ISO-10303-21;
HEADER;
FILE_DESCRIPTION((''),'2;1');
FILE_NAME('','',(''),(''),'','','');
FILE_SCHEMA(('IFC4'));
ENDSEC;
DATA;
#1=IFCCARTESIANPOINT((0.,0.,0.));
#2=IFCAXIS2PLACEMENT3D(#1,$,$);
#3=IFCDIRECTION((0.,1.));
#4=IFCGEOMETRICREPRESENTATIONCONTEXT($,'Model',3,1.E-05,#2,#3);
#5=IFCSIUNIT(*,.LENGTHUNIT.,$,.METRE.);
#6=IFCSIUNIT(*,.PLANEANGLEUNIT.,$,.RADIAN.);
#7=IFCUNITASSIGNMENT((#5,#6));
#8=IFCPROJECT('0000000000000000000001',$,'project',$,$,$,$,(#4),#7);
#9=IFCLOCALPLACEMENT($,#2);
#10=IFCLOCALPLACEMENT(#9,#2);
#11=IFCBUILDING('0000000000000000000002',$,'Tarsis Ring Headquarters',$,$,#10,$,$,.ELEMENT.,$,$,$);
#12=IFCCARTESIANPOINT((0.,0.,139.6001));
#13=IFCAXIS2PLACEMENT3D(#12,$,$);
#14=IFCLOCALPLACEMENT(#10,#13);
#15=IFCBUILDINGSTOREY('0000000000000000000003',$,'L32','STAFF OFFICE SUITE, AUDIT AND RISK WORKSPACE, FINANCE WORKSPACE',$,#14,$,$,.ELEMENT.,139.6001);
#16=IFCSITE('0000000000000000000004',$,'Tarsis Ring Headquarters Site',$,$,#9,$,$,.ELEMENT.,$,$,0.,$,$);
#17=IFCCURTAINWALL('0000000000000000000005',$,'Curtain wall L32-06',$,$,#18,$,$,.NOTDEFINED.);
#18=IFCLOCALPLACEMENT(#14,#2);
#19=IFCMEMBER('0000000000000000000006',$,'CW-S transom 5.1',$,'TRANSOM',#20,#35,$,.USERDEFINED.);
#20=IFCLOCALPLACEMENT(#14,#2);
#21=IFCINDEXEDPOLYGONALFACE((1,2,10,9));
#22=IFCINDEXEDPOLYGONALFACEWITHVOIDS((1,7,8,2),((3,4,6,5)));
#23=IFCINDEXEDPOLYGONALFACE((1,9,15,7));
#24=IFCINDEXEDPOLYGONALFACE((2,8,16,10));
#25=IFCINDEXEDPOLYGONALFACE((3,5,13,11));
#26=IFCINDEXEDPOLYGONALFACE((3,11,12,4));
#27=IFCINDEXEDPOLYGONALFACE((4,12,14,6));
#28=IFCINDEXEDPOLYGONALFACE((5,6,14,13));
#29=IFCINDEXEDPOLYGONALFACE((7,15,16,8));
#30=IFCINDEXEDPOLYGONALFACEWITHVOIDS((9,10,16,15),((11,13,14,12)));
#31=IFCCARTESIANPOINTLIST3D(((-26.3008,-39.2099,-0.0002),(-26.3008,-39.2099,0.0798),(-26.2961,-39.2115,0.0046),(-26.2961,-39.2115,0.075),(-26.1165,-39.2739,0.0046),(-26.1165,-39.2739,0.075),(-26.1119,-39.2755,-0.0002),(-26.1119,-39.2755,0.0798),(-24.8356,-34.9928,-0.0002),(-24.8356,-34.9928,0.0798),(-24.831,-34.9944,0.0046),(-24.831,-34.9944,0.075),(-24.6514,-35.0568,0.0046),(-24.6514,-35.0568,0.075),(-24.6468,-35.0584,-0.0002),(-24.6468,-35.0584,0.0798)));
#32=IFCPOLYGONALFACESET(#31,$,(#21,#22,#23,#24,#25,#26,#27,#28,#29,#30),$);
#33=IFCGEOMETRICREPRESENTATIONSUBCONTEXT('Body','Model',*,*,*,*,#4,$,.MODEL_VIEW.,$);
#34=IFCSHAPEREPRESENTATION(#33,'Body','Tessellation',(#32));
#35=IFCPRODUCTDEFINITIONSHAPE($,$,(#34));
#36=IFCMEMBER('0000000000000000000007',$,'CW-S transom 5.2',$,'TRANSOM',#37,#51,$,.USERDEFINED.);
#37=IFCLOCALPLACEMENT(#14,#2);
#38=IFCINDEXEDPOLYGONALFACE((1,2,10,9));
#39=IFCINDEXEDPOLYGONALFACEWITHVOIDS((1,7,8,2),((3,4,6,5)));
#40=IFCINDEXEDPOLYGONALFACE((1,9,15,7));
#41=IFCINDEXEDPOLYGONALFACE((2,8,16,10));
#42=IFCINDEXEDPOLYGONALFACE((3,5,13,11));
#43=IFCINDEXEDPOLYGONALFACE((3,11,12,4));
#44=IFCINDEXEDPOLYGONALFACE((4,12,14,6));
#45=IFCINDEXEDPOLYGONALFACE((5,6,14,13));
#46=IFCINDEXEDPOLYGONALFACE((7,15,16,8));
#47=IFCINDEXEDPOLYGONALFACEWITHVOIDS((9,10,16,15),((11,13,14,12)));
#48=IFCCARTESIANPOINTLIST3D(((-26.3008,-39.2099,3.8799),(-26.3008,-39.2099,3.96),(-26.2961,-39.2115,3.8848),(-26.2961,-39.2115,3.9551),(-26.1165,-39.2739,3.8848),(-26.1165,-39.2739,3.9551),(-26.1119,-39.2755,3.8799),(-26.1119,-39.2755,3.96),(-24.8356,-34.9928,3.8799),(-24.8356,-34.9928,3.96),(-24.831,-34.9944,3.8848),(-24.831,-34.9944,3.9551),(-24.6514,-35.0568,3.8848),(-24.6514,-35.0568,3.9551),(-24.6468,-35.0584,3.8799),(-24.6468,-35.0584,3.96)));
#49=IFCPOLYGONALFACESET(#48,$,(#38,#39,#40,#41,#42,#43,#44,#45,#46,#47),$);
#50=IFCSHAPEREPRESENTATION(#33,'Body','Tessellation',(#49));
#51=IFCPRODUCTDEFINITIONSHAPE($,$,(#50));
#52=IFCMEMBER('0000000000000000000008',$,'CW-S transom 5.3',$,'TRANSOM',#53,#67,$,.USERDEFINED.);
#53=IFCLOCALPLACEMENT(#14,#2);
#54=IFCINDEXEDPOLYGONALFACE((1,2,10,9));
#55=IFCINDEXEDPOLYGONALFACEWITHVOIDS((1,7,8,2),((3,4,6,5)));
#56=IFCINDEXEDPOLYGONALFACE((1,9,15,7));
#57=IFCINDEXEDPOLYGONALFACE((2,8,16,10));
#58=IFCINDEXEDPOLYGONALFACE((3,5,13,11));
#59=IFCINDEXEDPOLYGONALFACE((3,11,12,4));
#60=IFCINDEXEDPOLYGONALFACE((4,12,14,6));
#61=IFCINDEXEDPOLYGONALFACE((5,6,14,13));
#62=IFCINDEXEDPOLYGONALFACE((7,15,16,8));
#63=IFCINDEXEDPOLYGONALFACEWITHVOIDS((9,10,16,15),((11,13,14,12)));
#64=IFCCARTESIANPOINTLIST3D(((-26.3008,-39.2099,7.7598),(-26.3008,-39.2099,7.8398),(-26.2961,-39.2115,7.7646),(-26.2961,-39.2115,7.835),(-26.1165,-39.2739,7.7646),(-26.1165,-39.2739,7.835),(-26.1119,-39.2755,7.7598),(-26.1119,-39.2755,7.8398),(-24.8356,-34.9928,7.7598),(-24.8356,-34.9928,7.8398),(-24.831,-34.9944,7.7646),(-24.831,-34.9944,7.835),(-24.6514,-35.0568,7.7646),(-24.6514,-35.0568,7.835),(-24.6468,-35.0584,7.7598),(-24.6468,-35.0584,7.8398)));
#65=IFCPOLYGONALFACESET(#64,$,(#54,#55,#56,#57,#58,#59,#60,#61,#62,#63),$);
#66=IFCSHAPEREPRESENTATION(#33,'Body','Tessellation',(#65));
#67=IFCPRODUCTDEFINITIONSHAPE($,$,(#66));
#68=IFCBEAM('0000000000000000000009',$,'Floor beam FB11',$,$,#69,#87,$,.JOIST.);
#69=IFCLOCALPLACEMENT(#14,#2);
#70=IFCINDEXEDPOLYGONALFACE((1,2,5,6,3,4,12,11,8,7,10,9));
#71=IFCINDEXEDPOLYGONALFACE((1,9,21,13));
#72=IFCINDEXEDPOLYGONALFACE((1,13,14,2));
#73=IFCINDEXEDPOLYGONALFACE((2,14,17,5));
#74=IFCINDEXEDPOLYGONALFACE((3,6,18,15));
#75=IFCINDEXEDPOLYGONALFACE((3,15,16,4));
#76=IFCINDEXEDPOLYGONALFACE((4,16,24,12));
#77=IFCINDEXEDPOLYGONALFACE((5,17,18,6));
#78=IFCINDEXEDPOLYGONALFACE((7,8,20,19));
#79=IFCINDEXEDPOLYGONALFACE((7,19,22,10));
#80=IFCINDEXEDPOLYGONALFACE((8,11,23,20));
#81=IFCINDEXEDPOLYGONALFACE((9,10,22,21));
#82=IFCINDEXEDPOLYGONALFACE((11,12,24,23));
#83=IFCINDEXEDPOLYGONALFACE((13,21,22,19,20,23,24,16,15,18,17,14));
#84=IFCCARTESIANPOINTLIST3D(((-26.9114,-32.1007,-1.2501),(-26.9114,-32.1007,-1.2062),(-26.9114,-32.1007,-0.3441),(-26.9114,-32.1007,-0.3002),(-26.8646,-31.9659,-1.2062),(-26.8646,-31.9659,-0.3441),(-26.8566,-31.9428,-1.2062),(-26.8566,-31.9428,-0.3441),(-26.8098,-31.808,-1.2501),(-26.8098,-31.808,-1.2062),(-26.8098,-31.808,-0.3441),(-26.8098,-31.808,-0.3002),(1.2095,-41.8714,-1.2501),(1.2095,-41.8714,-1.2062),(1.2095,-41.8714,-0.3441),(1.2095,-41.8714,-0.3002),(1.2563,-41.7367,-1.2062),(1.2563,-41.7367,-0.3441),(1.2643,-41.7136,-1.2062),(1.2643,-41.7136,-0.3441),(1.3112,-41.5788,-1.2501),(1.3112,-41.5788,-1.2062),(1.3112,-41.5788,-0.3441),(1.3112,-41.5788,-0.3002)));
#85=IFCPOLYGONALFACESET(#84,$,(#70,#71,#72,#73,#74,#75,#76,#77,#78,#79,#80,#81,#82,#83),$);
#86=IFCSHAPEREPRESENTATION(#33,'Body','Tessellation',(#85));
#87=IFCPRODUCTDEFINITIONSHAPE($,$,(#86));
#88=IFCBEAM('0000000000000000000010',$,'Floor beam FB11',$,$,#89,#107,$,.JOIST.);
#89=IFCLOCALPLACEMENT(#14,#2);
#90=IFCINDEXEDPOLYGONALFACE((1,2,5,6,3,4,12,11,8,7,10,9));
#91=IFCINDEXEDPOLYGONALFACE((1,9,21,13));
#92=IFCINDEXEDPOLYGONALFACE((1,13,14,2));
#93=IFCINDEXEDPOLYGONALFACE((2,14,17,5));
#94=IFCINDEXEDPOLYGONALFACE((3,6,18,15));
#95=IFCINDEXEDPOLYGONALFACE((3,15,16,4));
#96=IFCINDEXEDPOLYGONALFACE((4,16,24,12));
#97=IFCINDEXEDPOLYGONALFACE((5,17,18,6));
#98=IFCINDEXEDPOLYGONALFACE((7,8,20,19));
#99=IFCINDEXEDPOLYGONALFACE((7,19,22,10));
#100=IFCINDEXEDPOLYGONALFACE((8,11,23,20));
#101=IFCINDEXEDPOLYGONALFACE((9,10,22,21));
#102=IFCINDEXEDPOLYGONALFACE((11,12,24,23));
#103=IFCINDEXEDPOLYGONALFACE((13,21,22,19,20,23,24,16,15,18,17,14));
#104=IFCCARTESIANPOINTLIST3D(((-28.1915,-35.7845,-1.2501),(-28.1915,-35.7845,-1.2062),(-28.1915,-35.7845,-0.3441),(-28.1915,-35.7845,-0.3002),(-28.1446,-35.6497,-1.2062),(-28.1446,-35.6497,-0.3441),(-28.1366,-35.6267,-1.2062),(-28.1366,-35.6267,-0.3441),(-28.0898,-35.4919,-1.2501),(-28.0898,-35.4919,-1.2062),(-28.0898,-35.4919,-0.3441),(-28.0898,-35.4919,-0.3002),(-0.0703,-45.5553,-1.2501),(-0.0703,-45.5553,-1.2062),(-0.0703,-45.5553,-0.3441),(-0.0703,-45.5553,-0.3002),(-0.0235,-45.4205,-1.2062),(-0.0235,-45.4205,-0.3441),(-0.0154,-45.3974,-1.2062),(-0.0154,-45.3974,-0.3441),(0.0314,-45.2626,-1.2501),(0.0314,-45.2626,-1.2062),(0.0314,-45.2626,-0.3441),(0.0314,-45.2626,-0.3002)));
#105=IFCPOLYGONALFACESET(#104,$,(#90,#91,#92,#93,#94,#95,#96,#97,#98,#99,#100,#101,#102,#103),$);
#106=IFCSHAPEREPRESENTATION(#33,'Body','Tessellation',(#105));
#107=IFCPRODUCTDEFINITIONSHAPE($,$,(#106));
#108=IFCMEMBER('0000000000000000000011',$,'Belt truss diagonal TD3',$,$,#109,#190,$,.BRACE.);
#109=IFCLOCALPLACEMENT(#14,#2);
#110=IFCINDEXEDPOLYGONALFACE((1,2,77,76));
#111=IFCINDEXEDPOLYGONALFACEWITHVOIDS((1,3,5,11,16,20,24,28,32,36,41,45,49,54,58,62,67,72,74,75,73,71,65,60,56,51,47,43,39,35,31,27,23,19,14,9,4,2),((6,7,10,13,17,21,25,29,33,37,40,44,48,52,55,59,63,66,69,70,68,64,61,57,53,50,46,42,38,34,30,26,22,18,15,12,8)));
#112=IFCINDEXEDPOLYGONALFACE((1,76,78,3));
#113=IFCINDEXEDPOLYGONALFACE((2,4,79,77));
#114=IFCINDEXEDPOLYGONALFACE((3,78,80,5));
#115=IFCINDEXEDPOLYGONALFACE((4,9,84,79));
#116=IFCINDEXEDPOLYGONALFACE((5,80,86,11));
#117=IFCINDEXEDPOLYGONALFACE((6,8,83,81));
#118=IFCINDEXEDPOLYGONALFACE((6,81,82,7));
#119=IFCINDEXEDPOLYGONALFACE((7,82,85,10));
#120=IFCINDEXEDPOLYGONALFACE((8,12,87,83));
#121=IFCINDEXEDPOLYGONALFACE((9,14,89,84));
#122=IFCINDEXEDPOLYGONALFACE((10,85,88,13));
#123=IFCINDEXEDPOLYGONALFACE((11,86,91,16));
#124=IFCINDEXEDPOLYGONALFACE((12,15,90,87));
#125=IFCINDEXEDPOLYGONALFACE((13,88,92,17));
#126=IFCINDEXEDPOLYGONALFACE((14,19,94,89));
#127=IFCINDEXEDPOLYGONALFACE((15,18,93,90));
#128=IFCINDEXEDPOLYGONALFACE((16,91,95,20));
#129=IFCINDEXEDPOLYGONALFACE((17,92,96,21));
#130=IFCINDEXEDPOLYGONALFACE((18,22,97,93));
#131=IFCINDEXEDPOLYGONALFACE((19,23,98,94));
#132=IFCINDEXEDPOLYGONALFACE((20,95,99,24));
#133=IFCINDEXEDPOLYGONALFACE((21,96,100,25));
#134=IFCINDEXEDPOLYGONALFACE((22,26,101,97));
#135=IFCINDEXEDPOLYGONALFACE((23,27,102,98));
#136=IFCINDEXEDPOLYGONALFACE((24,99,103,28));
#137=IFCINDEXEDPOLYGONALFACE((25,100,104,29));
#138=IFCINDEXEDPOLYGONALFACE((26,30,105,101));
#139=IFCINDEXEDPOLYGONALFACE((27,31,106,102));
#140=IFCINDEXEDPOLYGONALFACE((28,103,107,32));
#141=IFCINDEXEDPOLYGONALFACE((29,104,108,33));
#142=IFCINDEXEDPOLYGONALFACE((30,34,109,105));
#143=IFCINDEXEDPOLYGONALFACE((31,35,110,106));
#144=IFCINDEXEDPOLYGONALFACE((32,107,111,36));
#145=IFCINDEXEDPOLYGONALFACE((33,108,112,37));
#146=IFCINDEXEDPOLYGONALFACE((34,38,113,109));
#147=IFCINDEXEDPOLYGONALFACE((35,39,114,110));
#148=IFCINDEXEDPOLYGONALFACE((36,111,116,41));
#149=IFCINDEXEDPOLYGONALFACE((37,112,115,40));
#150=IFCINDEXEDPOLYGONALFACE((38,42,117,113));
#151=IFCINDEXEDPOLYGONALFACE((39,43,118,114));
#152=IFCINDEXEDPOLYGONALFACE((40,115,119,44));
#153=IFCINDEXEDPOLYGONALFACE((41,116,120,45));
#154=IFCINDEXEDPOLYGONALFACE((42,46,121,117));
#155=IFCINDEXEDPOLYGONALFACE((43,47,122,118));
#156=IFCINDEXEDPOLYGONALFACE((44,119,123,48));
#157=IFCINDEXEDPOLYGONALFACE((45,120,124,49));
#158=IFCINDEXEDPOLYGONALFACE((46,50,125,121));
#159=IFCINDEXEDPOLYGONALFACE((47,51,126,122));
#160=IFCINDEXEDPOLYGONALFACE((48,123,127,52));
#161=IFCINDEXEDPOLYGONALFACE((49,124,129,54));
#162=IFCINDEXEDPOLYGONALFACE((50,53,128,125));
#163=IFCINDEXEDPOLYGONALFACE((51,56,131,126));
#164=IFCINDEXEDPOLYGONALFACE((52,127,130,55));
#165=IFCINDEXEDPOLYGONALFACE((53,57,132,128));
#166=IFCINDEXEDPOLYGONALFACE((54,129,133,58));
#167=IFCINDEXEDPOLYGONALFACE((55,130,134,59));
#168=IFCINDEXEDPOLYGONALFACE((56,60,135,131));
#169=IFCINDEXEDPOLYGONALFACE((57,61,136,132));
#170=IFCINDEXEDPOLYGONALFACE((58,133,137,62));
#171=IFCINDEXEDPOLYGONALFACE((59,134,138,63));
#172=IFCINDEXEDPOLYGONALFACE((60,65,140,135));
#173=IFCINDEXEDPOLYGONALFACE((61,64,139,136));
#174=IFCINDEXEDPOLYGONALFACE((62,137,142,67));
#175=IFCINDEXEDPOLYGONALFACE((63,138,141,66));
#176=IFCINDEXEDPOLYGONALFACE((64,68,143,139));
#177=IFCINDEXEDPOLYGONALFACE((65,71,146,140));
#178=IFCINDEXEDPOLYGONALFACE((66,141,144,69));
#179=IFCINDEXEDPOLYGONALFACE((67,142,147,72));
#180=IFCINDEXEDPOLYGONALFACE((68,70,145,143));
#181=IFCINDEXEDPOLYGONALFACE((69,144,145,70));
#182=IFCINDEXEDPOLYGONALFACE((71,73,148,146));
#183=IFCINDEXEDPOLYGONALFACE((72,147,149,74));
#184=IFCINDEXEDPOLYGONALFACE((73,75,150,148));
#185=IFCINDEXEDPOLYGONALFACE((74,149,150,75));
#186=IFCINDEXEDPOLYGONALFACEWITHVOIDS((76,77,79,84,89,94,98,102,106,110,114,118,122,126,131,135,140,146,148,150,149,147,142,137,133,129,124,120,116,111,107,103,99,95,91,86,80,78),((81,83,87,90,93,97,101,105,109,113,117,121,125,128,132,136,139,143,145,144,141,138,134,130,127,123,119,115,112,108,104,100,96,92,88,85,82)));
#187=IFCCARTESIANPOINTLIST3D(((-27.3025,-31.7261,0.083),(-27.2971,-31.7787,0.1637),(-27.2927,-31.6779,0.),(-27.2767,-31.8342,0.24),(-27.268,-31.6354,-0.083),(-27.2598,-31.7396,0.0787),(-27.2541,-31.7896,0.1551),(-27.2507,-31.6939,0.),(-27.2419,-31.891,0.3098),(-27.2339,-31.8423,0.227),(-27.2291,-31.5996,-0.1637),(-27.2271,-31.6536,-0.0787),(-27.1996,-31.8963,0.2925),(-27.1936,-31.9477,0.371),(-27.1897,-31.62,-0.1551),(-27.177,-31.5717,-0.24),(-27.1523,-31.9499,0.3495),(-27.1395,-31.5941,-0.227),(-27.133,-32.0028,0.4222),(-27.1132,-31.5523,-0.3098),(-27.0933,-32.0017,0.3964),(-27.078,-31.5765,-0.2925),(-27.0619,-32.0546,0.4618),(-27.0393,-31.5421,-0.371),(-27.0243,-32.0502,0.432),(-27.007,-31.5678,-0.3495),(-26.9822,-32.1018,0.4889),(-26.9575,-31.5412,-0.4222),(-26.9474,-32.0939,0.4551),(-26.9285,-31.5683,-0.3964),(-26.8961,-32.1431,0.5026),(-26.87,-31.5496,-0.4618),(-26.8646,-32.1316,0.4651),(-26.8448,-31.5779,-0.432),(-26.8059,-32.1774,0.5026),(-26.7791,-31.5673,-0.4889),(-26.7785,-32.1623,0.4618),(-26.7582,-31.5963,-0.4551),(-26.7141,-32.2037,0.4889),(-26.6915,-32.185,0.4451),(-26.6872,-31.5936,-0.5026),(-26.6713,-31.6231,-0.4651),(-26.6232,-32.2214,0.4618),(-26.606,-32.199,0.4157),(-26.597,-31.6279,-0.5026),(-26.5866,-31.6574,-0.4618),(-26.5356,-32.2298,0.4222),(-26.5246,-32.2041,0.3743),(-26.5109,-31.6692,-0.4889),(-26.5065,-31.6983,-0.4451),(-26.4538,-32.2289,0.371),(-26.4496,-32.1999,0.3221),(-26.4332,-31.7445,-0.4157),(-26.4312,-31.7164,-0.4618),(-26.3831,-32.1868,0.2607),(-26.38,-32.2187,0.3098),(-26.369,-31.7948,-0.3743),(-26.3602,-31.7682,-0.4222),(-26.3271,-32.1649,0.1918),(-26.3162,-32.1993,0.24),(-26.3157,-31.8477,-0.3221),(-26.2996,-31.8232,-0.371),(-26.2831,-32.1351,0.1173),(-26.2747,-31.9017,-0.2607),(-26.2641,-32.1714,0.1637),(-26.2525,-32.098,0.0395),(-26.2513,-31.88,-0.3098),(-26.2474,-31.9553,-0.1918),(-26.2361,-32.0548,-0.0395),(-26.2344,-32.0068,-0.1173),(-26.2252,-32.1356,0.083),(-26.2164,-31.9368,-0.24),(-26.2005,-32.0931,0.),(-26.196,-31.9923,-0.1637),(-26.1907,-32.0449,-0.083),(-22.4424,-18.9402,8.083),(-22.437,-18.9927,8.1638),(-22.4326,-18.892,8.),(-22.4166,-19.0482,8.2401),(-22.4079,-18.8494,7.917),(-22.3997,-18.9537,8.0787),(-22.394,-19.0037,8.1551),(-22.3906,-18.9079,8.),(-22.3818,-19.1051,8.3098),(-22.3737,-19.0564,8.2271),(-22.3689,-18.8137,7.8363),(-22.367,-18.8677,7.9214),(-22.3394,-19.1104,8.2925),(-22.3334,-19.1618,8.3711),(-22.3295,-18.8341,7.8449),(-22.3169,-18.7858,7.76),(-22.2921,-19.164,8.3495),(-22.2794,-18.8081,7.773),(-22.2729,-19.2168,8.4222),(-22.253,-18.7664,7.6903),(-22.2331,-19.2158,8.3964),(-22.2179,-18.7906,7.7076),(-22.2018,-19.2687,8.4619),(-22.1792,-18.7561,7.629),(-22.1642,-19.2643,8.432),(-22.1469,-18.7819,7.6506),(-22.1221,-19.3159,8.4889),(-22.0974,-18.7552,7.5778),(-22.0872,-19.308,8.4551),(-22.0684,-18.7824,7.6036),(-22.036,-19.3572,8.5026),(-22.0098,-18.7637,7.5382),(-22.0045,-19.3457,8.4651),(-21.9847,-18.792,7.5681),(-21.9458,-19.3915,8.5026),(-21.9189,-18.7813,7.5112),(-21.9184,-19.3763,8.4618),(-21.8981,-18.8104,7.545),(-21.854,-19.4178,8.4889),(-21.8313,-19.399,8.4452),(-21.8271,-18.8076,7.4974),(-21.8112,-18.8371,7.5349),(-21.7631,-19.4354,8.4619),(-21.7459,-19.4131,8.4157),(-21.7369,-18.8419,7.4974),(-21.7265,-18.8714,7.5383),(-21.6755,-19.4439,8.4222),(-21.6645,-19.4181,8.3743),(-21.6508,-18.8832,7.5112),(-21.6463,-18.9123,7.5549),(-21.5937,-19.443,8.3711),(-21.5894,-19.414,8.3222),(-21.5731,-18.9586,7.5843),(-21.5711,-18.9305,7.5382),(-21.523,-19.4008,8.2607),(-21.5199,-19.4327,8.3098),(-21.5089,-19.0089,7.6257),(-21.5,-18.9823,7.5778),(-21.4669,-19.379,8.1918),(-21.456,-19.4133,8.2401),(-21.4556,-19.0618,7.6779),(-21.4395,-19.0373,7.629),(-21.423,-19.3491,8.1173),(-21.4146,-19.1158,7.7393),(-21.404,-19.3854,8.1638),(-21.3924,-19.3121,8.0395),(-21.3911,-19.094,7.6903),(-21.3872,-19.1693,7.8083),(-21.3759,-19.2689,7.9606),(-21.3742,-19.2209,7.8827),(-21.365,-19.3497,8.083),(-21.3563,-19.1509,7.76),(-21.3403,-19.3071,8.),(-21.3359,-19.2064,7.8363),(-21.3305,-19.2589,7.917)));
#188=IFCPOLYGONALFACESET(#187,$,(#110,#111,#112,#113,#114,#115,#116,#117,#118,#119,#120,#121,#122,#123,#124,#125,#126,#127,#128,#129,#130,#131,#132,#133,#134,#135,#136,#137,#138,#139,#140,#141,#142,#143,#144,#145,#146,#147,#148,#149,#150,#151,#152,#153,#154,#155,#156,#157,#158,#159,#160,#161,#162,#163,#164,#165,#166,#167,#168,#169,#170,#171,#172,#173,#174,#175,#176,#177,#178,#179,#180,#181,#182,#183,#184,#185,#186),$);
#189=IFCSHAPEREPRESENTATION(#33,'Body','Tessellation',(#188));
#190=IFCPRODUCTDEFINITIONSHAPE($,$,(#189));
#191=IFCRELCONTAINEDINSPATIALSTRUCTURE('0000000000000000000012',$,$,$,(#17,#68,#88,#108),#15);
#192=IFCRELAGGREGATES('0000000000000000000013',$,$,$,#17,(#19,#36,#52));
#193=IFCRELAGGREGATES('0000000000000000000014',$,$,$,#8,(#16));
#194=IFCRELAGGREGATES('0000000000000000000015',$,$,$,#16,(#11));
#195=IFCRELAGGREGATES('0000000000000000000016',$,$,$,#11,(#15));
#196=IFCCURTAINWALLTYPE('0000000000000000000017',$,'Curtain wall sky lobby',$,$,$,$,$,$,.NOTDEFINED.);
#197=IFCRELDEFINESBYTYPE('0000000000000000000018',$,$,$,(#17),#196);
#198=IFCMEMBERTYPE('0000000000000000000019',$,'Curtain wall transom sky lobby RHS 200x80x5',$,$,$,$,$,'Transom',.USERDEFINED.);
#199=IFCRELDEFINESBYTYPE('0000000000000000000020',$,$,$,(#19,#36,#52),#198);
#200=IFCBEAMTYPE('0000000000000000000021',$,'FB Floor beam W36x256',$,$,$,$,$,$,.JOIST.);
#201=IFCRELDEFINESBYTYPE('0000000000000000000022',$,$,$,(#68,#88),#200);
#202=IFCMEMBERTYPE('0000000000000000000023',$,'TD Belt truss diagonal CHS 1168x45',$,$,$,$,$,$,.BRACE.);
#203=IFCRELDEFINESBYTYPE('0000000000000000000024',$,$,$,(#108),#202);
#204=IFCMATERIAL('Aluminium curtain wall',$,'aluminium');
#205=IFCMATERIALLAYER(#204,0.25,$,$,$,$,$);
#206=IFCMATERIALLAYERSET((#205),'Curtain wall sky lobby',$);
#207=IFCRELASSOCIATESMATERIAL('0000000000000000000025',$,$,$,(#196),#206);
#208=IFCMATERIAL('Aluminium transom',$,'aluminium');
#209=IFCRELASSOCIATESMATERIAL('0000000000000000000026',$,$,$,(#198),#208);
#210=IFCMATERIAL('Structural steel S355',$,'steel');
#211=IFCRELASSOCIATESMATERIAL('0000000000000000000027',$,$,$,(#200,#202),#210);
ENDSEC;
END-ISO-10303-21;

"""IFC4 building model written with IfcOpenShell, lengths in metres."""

from ifc_helpers import new_model, si_unit, direction, frame, origin, origin_2d, place, context, subcontext, project, spatial, hollow_rectangle, hollow_circle, i_section, extrude, material, layer, layer_set, material_profile, profile_set, type_object, element, aggregate, save


model = new_model("IFC4")

# Units and contexts
model_context = context("Model", 3, precision=1e-05, world=origin(), true_north=direction((0.0, 1.0)))
body_context = subcontext(model_context, "Body", "Model", "MODEL_VIEW")
ifc_project = project(units=[si_unit("LENGTHUNIT", "METRE"), si_unit("PLANEANGLEUNIT", "RADIAN")], contexts=[model_context])

# Site, building, storey
site_placement = place(None, origin())
site = spatial("IfcSite", under=ifc_project, at=site_placement, Name="Tarsis Ring Headquarters Site", CompositionType="ELEMENT", RefElevation=0.0)
building_placement = place(site_placement, origin())
building = spatial("IfcBuilding", under=site, at=building_placement, Name="Tarsis Ring Headquarters", CompositionType="ELEMENT")
storey_placement = place(building_placement, frame((0.0, 0.0, 139.6001)))
storey = spatial("IfcBuildingStorey", under=building, at=storey_placement, Name="L32", Description="STAFF OFFICE SUITE, AUDIT AND RISK WORKSPACE, FINANCE WORKSPACE", CompositionType="ELEMENT", Elevation=139.6001)

# Shared definitions
ifc_material_1 = material(Name="Structural steel S355", Category="steel")
ifc_material_profile_1 = material_profile(ifc_material_1, hollow_circle(Radius=0.5842, WallThickness=0.0449, at=origin_2d()), Name="CHS 1168x45")
ifc_profile_set_1 = profile_set([ifc_material_profile_1], Name="Structural steel S355")

# Curtain wall, members
ifc_material_2 = material(Name="Aluminium curtain wall", Category="aluminium")
ifc_layer_1 = layer(ifc_material_2, 0.25)
ifc_layer_set_1 = layer_set([ifc_layer_1], Name="Curtain wall sky lobby")
curtain_wall_type = type_object("IfcCurtainWallType", Name="Curtain wall sky lobby", PredefinedType="NOTDEFINED", material=ifc_layer_set_1)
curtain_wall_placement = place(storey_placement, origin())
curtain_wall = element("IfcCurtainWall", 1, at=curtain_wall_placement, inside=storey, type_object=curtain_wall_type, Name="Curtain wall L32-06", PredefinedType="NOTDEFINED")
ifc_material_3 = material(Name="Aluminium transom", Category="aluminium")
ifc_material_profile_2 = material_profile(ifc_material_3, hollow_rectangle(XDim=0.2, YDim=0.0801, WallThickness=0.0049, at=origin_2d()), Name="RHS 200x80x5")
ifc_profile_set_2 = profile_set([ifc_material_profile_2], Name="Aluminium transom")
member_type_1 = type_object("IfcMemberType", Name="Curtain wall transom sky lobby RHS 200x80x5", ElementType="Transom", PredefinedType="USERDEFINED", material=ifc_profile_set_2)
member_1_placement = place(storey_placement, frame((-24.7412, -35.0256, 0.0398), z_axis=(-0.328179, -0.944616, 0.0), x_axis=(0.944616, -0.328179, 0.0)))
member_1 = element("IfcMember", 2, at=member_1_placement, type_object=member_type_1, Name="CW-S transom 5.1", ObjectType="TRANSOM", PredefinedType="USERDEFINED", context=body_context, shape_type="SweptSolid", body=[
    extrude(hollow_rectangle(XDim=0.2, YDim=0.0801, WallThickness=0.0049, at=origin_2d()), origin(), (0.0, 0.0, 1.0), 4.4644),
])
member_2_placement = place(storey_placement, frame((-24.7412, -35.0256, 3.9199), z_axis=(-0.328179, -0.944616, 0.0), x_axis=(0.944616, -0.328179, 0.0)))
member_2 = element("IfcMember", 3, at=member_2_placement, type_object=member_type_1, Name="CW-S transom 5.2", ObjectType="TRANSOM", PredefinedType="USERDEFINED", context=body_context, shape_type="SweptSolid", body=[
    extrude(hollow_rectangle(XDim=0.2, YDim=0.0801, WallThickness=0.0049, at=origin_2d()), origin(), (0.0, 0.0, 1.0), 4.4644),
])
member_3_placement = place(storey_placement, frame((-24.7412, -35.0256, 7.7998), z_axis=(-0.328179, -0.944616, 0.0), x_axis=(0.944616, -0.328179, 0.0)))
member_3 = element("IfcMember", 4, at=member_3_placement, type_object=member_type_1, Name="CW-S transom 5.3", ObjectType="TRANSOM", PredefinedType="USERDEFINED", context=body_context, shape_type="SweptSolid", body=[
    extrude(hollow_rectangle(XDim=0.2, YDim=0.0801, WallThickness=0.0049, at=origin_2d()), origin(), (0.0, 0.0, 1.0), 4.4644),
])

# Beams
ifc_material_profile_3 = material_profile(ifc_material_1, i_section(OverallWidth=0.3098, OverallDepth=0.95, WebThickness=0.0244, FlangeThickness=0.0439, at=origin_2d()), Name="W36x256")
ifc_profile_set_3 = profile_set([ifc_material_profile_3], Name="Structural steel S355")
beam_type_1 = type_object("IfcBeamType", Name="FB Floor beam W36x256", PredefinedType="JOIST", material=ifc_profile_set_3)
beam_1_placement = place(storey_placement, frame((-26.8606, -31.9543, -0.7751), z_axis=(0.944605, -0.328209, 0.0), x_axis=(0.328209, 0.944605, 0.0)))
element("IfcBeam", 5, at=beam_1_placement, inside=storey, type_object=beam_type_1, Name="Floor beam FB11", PredefinedType="JOIST", context=body_context, shape_type="SweptSolid", body=[
    extrude(i_section(OverallWidth=0.3098, OverallDepth=0.95, WebThickness=0.0244, FlangeThickness=0.0439, at=origin_2d()), origin(), (0.0, 0.0, 1.0), 29.77),
])
beam_2_placement = place(storey_placement, frame((-28.1406, -35.6382, -0.7751), z_axis=(0.944606, -0.328206, 0.0), x_axis=(0.328206, 0.944606, 0.0)))
element("IfcBeam", 6, at=beam_2_placement, inside=storey, type_object=beam_type_1, Name="Floor beam FB11", PredefinedType="JOIST", context=body_context, shape_type="SweptSolid", body=[
    extrude(i_section(OverallWidth=0.3098, OverallDepth=0.95, WebThickness=0.0244, FlangeThickness=0.0439, at=origin_2d()), origin(), (0.0, 0.0, 1.0), 29.7703),
])

# Member
member_type_2 = type_object("IfcMemberType", Name="TD Belt truss diagonal CHS 1168x45", PredefinedType="BRACE", material=ifc_profile_set_1)
member_4_placement = place(storey_placement, frame((-26.7466, -31.8855, 0.0), z_axis=(0.306706, 0.806878, 0.504855), x_axis=(-0.934748, 0.355312, 0.0)))
element("IfcMember", 7, at=member_4_placement, inside=storey, type_object=member_type_2, Name="Belt truss diagonal TD3", PredefinedType="BRACE", context=body_context, shape_type="SweptSolid", body=[
    extrude(hollow_circle(Radius=0.5842, WallThickness=0.0449, at=origin_2d()), origin(), (0.0, 0.0, 1.0), 15.8462),
])

aggregate(curtain_wall, [member_1, member_2, member_3])

save(model, "model.ifc")
